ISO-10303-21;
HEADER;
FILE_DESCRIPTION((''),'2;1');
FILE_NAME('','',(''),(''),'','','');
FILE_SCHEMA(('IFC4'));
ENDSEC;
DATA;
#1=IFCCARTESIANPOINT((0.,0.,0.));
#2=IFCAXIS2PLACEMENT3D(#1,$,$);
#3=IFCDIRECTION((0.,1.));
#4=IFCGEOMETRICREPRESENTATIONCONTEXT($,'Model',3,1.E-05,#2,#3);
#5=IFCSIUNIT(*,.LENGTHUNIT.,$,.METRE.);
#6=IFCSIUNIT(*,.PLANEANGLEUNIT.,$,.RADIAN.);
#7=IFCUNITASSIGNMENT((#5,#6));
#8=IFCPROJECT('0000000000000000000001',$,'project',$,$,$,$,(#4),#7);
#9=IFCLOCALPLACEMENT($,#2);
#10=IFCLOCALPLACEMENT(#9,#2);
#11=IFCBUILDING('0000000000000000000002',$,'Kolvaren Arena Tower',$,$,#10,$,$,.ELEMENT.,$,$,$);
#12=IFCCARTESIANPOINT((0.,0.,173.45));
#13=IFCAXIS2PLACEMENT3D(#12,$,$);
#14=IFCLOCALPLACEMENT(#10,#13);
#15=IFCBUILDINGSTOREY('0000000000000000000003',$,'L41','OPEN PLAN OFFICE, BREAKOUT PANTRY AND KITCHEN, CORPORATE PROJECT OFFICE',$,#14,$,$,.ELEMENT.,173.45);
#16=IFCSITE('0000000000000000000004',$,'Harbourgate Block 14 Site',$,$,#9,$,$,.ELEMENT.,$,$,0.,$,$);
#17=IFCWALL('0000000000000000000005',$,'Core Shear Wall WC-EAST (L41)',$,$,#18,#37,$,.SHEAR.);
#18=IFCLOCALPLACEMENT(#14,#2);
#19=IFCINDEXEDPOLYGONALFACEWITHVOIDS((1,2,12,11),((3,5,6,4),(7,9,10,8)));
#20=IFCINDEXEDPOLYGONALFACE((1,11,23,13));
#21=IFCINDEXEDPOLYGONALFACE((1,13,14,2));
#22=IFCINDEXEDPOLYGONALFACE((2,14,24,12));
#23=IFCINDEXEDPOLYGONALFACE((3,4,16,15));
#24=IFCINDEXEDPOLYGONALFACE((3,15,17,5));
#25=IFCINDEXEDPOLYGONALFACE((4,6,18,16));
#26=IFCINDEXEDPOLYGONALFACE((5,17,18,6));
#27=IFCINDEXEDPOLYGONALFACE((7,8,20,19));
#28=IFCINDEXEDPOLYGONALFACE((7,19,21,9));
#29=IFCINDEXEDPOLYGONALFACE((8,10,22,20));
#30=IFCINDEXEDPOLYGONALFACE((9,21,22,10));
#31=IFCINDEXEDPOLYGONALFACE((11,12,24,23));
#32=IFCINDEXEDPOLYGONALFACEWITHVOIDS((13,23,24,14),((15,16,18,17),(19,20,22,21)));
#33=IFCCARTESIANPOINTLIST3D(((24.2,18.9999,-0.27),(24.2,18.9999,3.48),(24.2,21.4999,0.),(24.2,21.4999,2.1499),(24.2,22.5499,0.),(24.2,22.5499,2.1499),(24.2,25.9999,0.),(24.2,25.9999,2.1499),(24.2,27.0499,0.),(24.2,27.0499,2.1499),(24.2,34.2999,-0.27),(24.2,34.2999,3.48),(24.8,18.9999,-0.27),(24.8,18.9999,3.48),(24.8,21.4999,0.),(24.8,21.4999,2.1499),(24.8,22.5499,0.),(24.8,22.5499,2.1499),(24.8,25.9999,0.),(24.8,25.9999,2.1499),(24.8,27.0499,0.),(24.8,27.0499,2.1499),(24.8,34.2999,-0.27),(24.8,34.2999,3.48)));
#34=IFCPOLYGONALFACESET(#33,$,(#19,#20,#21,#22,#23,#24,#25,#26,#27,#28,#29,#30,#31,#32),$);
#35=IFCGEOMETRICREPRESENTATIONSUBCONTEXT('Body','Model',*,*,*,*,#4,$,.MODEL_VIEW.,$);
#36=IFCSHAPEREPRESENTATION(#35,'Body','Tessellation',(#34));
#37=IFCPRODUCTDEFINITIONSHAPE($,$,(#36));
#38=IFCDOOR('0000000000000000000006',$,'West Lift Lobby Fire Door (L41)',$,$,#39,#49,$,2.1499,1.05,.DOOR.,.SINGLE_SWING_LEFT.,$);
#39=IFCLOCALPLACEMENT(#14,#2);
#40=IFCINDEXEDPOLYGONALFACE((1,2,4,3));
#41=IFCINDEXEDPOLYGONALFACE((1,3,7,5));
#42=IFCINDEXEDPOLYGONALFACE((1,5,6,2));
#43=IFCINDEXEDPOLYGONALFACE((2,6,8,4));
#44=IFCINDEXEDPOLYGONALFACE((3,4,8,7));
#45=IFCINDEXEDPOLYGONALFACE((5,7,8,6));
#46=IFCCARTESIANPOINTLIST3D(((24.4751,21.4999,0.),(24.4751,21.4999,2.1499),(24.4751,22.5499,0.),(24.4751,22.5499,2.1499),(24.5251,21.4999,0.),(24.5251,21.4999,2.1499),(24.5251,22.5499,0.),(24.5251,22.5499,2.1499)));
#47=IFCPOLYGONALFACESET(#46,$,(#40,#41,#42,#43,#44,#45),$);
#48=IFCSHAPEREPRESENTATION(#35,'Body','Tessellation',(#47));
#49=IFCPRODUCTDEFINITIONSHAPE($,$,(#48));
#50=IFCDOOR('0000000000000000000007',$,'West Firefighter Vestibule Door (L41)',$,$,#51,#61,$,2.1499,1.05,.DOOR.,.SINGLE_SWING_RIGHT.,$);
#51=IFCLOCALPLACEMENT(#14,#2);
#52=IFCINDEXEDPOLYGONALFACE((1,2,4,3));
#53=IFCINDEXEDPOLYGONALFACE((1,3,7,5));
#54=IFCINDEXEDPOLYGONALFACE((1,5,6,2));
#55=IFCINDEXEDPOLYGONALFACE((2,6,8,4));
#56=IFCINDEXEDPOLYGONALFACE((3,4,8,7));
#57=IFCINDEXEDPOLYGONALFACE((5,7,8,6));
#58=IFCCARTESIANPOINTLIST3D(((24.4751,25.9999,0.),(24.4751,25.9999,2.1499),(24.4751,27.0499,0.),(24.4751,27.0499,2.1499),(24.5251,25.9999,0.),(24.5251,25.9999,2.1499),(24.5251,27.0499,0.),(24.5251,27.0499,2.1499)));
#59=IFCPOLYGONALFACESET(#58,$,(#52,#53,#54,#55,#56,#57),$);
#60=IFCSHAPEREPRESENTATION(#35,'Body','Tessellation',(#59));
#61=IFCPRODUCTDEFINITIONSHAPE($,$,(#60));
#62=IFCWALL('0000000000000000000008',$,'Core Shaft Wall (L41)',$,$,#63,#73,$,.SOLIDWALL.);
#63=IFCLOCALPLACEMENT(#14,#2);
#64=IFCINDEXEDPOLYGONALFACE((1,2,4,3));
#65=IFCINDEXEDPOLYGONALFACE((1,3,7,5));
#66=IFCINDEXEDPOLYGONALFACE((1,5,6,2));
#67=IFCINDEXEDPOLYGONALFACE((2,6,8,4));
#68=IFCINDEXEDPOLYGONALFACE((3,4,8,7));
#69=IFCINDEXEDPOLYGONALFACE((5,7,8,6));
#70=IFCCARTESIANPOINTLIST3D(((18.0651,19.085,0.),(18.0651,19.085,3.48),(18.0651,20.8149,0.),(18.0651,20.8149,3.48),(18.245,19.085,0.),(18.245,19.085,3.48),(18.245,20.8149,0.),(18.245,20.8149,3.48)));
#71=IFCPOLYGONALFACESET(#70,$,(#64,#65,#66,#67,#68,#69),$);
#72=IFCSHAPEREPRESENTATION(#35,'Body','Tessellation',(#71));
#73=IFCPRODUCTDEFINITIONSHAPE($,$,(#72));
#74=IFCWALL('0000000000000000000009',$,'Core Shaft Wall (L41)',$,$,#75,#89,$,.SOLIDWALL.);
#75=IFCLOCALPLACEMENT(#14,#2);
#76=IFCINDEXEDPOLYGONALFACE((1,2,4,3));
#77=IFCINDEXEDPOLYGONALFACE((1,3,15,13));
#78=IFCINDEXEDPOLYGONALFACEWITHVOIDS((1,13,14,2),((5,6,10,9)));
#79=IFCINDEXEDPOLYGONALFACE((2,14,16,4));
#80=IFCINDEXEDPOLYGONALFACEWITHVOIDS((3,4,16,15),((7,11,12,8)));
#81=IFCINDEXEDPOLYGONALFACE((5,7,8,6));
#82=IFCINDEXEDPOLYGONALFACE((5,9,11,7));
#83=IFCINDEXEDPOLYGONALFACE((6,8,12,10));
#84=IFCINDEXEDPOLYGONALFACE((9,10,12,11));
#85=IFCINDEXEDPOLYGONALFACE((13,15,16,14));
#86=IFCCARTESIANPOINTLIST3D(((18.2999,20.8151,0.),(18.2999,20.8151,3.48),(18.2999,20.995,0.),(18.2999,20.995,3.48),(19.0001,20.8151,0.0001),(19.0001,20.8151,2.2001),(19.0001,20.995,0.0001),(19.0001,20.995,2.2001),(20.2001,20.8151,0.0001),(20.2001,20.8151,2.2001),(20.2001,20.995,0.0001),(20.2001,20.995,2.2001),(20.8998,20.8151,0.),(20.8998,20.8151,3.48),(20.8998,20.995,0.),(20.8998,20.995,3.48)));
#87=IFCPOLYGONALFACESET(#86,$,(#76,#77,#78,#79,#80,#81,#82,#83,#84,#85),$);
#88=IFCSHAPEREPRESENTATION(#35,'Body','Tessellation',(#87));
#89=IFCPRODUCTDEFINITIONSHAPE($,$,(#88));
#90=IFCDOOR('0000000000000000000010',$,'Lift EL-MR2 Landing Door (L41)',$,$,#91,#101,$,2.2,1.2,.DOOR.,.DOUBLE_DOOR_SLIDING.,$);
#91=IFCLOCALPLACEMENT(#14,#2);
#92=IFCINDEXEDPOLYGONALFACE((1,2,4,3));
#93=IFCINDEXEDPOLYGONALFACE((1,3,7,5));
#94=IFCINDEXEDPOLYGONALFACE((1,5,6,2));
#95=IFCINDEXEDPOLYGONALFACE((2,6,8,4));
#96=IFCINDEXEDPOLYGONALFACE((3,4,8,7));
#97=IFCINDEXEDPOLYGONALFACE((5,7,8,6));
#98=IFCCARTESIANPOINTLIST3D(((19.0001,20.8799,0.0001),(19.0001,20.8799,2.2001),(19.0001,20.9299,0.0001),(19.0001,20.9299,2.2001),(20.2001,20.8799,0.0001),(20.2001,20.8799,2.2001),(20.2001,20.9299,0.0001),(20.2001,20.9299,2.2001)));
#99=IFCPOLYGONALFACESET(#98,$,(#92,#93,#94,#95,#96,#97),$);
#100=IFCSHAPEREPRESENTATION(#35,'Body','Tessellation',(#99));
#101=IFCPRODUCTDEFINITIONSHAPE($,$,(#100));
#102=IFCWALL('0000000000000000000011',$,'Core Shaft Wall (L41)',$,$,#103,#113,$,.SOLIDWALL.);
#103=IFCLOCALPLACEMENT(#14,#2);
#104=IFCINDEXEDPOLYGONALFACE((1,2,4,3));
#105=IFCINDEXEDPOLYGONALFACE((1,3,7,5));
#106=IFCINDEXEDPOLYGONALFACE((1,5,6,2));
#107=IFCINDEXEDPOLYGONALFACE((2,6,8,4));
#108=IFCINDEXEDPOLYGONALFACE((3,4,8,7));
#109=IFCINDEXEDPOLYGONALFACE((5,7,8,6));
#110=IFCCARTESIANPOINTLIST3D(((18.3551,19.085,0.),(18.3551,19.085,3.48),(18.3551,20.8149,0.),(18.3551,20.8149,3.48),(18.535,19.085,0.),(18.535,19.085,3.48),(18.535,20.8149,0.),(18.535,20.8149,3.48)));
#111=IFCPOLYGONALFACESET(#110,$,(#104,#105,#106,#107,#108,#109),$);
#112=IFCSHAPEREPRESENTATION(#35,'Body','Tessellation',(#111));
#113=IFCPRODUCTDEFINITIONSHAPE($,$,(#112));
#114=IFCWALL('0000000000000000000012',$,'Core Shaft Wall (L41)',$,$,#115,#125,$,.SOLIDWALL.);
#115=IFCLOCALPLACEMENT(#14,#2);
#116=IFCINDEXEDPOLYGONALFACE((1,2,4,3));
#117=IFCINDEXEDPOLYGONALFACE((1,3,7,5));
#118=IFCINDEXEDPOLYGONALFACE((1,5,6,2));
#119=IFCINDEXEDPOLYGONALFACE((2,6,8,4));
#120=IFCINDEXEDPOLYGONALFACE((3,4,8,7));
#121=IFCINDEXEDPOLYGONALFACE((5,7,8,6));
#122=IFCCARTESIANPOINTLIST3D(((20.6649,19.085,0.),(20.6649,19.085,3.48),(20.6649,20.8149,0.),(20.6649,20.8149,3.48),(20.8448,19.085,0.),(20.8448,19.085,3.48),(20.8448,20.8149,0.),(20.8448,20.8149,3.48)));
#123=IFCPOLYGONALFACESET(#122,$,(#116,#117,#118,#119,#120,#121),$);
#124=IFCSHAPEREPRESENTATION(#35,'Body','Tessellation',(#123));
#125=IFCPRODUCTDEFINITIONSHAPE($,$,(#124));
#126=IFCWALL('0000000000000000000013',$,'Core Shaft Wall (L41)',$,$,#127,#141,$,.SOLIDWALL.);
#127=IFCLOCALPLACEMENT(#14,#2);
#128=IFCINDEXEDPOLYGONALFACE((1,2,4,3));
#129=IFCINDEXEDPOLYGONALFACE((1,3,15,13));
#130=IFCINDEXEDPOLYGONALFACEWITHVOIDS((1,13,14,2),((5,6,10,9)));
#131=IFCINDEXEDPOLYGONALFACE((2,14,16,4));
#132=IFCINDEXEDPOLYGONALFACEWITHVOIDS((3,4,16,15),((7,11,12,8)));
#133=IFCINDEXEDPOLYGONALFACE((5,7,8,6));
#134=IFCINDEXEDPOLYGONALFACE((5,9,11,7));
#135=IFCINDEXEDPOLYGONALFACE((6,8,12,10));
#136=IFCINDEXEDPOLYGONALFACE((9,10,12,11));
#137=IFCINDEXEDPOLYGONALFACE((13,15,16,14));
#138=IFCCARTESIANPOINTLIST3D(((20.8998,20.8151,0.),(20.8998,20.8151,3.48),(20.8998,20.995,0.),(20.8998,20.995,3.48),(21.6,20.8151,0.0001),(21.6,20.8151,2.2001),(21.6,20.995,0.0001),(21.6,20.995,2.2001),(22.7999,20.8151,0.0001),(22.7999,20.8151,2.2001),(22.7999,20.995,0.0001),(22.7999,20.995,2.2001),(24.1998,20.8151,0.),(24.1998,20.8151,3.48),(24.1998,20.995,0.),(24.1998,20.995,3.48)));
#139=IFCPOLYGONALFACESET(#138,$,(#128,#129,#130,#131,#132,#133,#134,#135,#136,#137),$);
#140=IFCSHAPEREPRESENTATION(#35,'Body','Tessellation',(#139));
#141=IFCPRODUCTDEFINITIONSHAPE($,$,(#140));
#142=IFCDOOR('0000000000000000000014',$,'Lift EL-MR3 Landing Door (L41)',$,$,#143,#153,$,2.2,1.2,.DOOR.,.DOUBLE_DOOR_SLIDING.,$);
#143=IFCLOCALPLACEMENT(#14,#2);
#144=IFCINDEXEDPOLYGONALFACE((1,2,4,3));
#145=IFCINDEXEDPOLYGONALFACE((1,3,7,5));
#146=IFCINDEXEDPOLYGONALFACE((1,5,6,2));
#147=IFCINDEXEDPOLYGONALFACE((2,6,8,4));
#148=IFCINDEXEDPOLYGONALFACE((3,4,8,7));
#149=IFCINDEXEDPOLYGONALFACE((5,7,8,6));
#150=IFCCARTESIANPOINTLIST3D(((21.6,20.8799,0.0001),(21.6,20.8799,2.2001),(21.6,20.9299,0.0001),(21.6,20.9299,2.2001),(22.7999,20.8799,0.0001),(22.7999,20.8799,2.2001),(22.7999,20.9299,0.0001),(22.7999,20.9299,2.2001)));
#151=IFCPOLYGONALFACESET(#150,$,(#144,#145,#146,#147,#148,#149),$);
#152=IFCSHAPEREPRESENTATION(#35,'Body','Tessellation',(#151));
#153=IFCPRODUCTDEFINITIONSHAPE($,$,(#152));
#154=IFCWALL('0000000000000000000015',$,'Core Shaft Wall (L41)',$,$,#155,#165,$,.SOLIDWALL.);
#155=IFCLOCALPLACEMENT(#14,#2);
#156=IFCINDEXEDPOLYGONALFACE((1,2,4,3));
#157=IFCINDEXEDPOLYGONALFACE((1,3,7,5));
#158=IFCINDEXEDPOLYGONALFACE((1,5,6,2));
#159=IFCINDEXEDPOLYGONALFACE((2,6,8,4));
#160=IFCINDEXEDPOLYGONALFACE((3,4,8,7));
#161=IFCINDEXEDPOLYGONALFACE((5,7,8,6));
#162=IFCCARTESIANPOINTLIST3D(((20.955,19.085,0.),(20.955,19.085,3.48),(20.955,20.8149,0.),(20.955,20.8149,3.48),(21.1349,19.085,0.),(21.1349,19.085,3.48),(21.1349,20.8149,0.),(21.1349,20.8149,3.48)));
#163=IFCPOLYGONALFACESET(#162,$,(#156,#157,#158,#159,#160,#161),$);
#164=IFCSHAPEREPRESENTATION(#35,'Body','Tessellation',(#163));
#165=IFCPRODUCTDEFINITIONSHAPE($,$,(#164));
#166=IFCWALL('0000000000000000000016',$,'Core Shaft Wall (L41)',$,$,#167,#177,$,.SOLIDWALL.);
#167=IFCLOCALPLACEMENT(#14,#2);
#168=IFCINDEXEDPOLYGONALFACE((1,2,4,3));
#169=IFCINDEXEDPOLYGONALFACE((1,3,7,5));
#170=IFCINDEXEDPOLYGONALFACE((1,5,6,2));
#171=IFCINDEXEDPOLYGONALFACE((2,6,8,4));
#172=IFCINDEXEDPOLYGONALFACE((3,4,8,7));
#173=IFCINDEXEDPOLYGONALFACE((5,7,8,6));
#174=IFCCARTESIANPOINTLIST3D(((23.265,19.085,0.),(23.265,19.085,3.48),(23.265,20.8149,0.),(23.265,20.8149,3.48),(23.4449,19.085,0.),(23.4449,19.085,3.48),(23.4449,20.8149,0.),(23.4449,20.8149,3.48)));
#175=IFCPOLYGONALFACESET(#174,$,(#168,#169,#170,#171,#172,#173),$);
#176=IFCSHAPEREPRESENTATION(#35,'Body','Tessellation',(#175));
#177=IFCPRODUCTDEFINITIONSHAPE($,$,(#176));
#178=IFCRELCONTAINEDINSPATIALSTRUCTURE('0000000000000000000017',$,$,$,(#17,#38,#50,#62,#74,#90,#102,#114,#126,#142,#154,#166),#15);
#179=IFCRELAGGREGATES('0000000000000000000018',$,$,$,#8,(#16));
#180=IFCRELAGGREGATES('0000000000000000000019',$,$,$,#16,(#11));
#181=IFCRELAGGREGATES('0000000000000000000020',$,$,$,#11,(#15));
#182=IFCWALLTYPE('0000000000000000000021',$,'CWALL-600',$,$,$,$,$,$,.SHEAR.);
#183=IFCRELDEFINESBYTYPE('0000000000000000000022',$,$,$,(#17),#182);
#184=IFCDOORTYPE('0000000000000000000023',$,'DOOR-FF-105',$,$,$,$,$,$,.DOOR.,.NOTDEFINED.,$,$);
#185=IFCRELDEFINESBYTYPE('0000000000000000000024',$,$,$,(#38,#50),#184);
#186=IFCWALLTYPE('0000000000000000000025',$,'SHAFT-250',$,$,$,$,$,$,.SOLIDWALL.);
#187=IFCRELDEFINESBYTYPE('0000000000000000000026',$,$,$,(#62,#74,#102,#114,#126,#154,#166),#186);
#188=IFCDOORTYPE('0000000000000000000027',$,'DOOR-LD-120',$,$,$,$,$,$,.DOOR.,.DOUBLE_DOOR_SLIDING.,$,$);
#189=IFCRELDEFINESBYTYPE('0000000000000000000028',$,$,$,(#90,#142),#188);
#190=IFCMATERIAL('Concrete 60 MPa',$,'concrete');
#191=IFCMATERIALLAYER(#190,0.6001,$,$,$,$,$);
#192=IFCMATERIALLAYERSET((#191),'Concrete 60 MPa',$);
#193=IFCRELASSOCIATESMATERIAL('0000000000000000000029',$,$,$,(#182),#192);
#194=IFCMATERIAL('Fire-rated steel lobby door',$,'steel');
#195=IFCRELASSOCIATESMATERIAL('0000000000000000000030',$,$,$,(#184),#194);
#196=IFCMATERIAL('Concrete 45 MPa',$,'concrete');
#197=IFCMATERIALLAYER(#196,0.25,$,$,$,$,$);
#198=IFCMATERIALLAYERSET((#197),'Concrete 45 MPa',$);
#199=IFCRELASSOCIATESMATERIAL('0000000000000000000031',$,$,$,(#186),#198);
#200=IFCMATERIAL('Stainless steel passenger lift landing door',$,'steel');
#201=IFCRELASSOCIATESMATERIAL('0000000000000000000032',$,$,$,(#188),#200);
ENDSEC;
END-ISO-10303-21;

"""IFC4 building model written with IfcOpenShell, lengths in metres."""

from ifc_helpers import new_model, si_unit, direction, frame, frame_2d, origin, place, context, subcontext, project, spatial, rectangle, extrude, material, layer, layer_set, type_object, element, fill, save


model = new_model("IFC4")

# Units and contexts
model_context = context("Model", 3, precision=1e-05, world=origin(), true_north=direction((0.0, 1.0)))
body_context = subcontext(model_context, "Body", "Model", "MODEL_VIEW")
ifc_project = project(units=[si_unit("LENGTHUNIT", "METRE"), si_unit("PLANEANGLEUNIT", "RADIAN")], contexts=[model_context])

# Site, building, storey
site_placement = place(None, origin())
site = spatial("IfcSite", under=ifc_project, at=site_placement, Name="Harbourgate Block 14 Site", CompositionType="ELEMENT", RefElevation=0.0)
building_placement = place(site_placement, origin())
building = spatial("IfcBuilding", under=site, at=building_placement, Name="Kolvaren Arena Tower", CompositionType="ELEMENT")
storey_placement = place(building_placement, frame((0.0, 0.0, 173.45)))
storey = spatial("IfcBuildingStorey", under=building, at=storey_placement, Name="L41", Description="OPEN PLAN OFFICE, BREAKOUT PANTRY AND KITCHEN, CORPORATE PROJECT OFFICE", CompositionType="ELEMENT", Elevation=173.45)

# Wall, openings, doors
ifc_material_1 = material(Name="Concrete 60 MPa", Category="concrete")
ifc_layer_1 = layer(ifc_material_1, 0.6001)
ifc_layer_set_1 = layer_set([ifc_layer_1], Name="Concrete 60 MPa")
wall_type_1 = type_object("IfcWallType", Name="CWALL-600", PredefinedType="SHEAR", material=ifc_layer_set_1)
wall_1_placement = place(storey_placement, frame((24.5, 19.0, -0.27), z_axis=(0.0, 0.0, 1.0), x_axis=(0.0, 1.0, 0.0)))
wall_1 = element("IfcWall", 1, at=wall_1_placement, inside=storey, type_object=wall_type_1, Name="Core Shear Wall WC-EAST (L41)", PredefinedType="SHEAR", context=body_context, shape_type="SweptSolid", body=[
    extrude(rectangle(XDim=15.3, YDim=0.6001, at=frame_2d((7.6499, 0.0))), origin(), (0.0, 0.0, 1.0), 3.75),
])
opening_1_placement = place(wall_1_placement, frame((2.5, 0.0, 0.27)))
opening_1 = element("IfcOpeningElement", 2, at=opening_1_placement, cuts=wall_1, PredefinedType="OPENING", context=body_context, shape_type="SweptSolid", body=[
    extrude(rectangle(XDim=1.05, YDim=2.1499, at=frame_2d((0.5249, 1.075))), frame((0.0, 0.3101, 0.0), z_axis=(0.0, -1.0, 0.0), x_axis=(1.0, 0.0, 0.0)), (0.0, 0.0, 1.0), 0.6201),
])
opening_2_placement = place(wall_1_placement, frame((7.0, 0.0, 0.27)))
opening_2 = element("IfcOpeningElement", 3, at=opening_2_placement, cuts=wall_1, PredefinedType="OPENING", context=body_context, shape_type="SweptSolid", body=[
    extrude(rectangle(XDim=1.05, YDim=2.1499, at=frame_2d((0.5249, 1.075))), frame((0.0, 0.3101, 0.0), z_axis=(0.0, -1.0, 0.0), x_axis=(1.0, 0.0, 0.0)), (0.0, 0.0, 1.0), 0.6201),
])
ifc_material_2 = material(Name="Fire-rated steel lobby door", Category="steel")
door_type_1 = type_object("IfcDoorType", Name="DOOR-FF-105", OperationType="NOTDEFINED", PredefinedType="DOOR", material=ifc_material_2)
door_1_placement = place(opening_1_placement, origin())
door_1 = element("IfcDoor", 4, at=door_1_placement, inside=storey, type_object=door_type_1, Name="West Lift Lobby Fire Door (L41)", OperationType="SINGLE_SWING_LEFT", OverallHeight=2.1499, OverallWidth=1.05, PredefinedType="DOOR", context=body_context, shape_type="SweptSolid", body=[
    extrude(rectangle(XDim=1.05, YDim=2.1499, at=frame_2d((0.5249, 1.075))), frame((0.0, 0.0249, 0.0), z_axis=(0.0, -1.0, 0.0), x_axis=(1.0, 0.0, 0.0)), (0.0, 0.0, 1.0), 0.05),
])
fill(opening_1, door_1)
door_2_placement = place(opening_2_placement, origin())
door_2 = element("IfcDoor", 5, at=door_2_placement, inside=storey, type_object=door_type_1, Name="West Firefighter Vestibule Door (L41)", OperationType="SINGLE_SWING_RIGHT", OverallHeight=2.1499, OverallWidth=1.05, PredefinedType="DOOR", context=body_context, shape_type="SweptSolid", body=[
    extrude(rectangle(XDim=1.05, YDim=2.1499, at=frame_2d((0.5249, 1.075))), frame((0.0, 0.0249, 0.0), z_axis=(0.0, -1.0, 0.0), x_axis=(1.0, 0.0, 0.0)), (0.0, 0.0, 1.0), 0.05),
])
fill(opening_2, door_2)

# Wall
ifc_material_3 = material(Name="Concrete 45 MPa", Category="concrete")
ifc_layer_2 = layer(ifc_material_3, 0.25)
ifc_layer_set_2 = layer_set([ifc_layer_2], Name="Concrete 45 MPa")
wall_type_2 = type_object("IfcWallType", Name="SHAFT-250", PredefinedType="SOLIDWALL", material=ifc_layer_set_2)
wall_2_placement = place(storey_placement, frame((18.155, 19.085, 0.0), z_axis=(0.0, 0.0, 1.0), x_axis=(0.0, 1.0, 0.0)))
element("IfcWall", 6, at=wall_2_placement, inside=storey, type_object=wall_type_2, Name="Core Shaft Wall (L41)", PredefinedType="SOLIDWALL", context=body_context, shape_type="SweptSolid", body=[
    extrude(rectangle(XDim=1.73, YDim=0.1799, at=frame_2d((0.865, 0.0))), origin(), (0.0, 0.0, 1.0), 3.48),
])

# Wall, opening, door
wall_3_placement = place(storey_placement, frame((18.3, 20.905, 0.0), z_axis=(0.0, 0.0, 1.0), x_axis=(1.0, 0.0, 0.0)))
wall_3 = element("IfcWall", 7, at=wall_3_placement, inside=storey, type_object=wall_type_2, Name="Core Shaft Wall (L41)", PredefinedType="SOLIDWALL", context=body_context, shape_type="SweptSolid", body=[
    extrude(rectangle(XDim=2.5999, YDim=0.1799, at=frame_2d((1.2998, 0.0))), origin(), (0.0, 0.0, 1.0), 3.48),
])
opening_3_placement = place(wall_3_placement, frame((0.7, 0.0, 0.0)))
opening_3 = element("IfcOpeningElement", 8, at=opening_3_placement, cuts=wall_3, PredefinedType="OPENING", context=body_context, shape_type="SweptSolid", body=[
    extrude(rectangle(XDim=1.2, YDim=2.2, at=frame_2d((0.6001, 1.1001))), frame((0.0, 0.0999, 0.0), z_axis=(0.0, -1.0, 0.0), x_axis=(1.0, 0.0, 0.0)), (0.0, 0.0, 1.0), 0.2),
])
ifc_material_4 = material(Name="Stainless steel passenger lift landing door", Category="steel")
door_type_2 = type_object("IfcDoorType", Name="DOOR-LD-120", OperationType="DOUBLE_DOOR_SLIDING", PredefinedType="DOOR", material=ifc_material_4)
door_3_placement = place(opening_3_placement, origin())
door_3 = element("IfcDoor", 9, at=door_3_placement, inside=storey, type_object=door_type_2, Name="Lift EL-MR2 Landing Door (L41)", OperationType="DOUBLE_DOOR_SLIDING", OverallHeight=2.2, OverallWidth=1.2, PredefinedType="DOOR", context=body_context, shape_type="SweptSolid", body=[
    extrude(rectangle(XDim=1.2, YDim=2.2, at=frame_2d((0.6001, 1.1001))), frame((0.0, 0.0249, 0.0), z_axis=(0.0, -1.0, 0.0), x_axis=(1.0, 0.0, 0.0)), (0.0, 0.0, 1.0), 0.05),
])
fill(opening_3, door_3)

# Walls
for number, where, z_axis, x_axis, name in (
    (10, (18.4451, 19.085, 0.0), (0.0, 0.0, 1.0), (0.0, 1.0, 0.0), "Core Shaft Wall (L41)"),
    (11, (20.7549, 19.085, 0.0), (0.0, 0.0, 1.0), (0.0, 1.0, 0.0), "Core Shaft Wall (L41)"),
):
    element("IfcWall", number, at=place(storey_placement, frame(where, z_axis=z_axis, x_axis=x_axis)), inside=storey, type_object=wall_type_2, Name=name, PredefinedType="SOLIDWALL", context=body_context, shape_type="SweptSolid", body=[
        extrude(rectangle(XDim=1.73, YDim=0.1799, at=frame_2d((0.865, 0.0))), origin(), (0.0, 0.0, 1.0), 3.48),
    ])

# Wall, opening, door
wall_4_placement = place(storey_placement, frame((20.8999, 20.905, 0.0), z_axis=(0.0, 0.0, 1.0), x_axis=(1.0, 0.0, 0.0)))
wall_4 = element("IfcWall", 12, at=wall_4_placement, inside=storey, type_object=wall_type_2, Name="Core Shaft Wall (L41)", PredefinedType="SOLIDWALL", context=body_context, shape_type="SweptSolid", body=[
    extrude(rectangle(XDim=3.3, YDim=0.1799, at=frame_2d((1.6499, 0.0))), origin(), (0.0, 0.0, 1.0), 3.48),
])
opening_4_placement = place(wall_4_placement, frame((0.7, 0.0, 0.0)))
opening_4 = element("IfcOpeningElement", 13, at=opening_4_placement, cuts=wall_4, PredefinedType="OPENING", context=body_context, shape_type="SweptSolid", body=[
    extrude(rectangle(XDim=1.2, YDim=2.2, at=frame_2d((0.6001, 1.1001))), frame((0.0, 0.0999, 0.0), z_axis=(0.0, -1.0, 0.0), x_axis=(1.0, 0.0, 0.0)), (0.0, 0.0, 1.0), 0.2),
])
door_4_placement = place(opening_4_placement, origin())
door_4 = element("IfcDoor", 14, at=door_4_placement, inside=storey, type_object=door_type_2, Name="Lift EL-MR3 Landing Door (L41)", OperationType="DOUBLE_DOOR_SLIDING", OverallHeight=2.2, OverallWidth=1.2, PredefinedType="DOOR", context=body_context, shape_type="SweptSolid", body=[
    extrude(rectangle(XDim=1.2, YDim=2.2, at=frame_2d((0.6001, 1.1001))), frame((0.0, 0.0249, 0.0), z_axis=(0.0, -1.0, 0.0), x_axis=(1.0, 0.0, 0.0)), (0.0, 0.0, 1.0), 0.05),
])
fill(opening_4, door_4)

# Walls
for number, where, z_axis, x_axis, name in (
    (15, (21.0449, 19.085, 0.0), (0.0, 0.0, 1.0), (0.0, 1.0, 0.0), "Core Shaft Wall (L41)"),
    (16, (23.355, 19.085, 0.0), (0.0, 0.0, 1.0), (0.0, 1.0, 0.0), "Core Shaft Wall (L41)"),
):
    element("IfcWall", number, at=place(storey_placement, frame(where, z_axis=z_axis, x_axis=x_axis)), inside=storey, type_object=wall_type_2, Name=name, PredefinedType="SOLIDWALL", context=body_context, shape_type="SweptSolid", body=[
        extrude(rectangle(XDim=1.73, YDim=0.1799, at=frame_2d((0.865, 0.0))), origin(), (0.0, 0.0, 1.0), 3.48),
    ])

save(model, "model.ifc")
